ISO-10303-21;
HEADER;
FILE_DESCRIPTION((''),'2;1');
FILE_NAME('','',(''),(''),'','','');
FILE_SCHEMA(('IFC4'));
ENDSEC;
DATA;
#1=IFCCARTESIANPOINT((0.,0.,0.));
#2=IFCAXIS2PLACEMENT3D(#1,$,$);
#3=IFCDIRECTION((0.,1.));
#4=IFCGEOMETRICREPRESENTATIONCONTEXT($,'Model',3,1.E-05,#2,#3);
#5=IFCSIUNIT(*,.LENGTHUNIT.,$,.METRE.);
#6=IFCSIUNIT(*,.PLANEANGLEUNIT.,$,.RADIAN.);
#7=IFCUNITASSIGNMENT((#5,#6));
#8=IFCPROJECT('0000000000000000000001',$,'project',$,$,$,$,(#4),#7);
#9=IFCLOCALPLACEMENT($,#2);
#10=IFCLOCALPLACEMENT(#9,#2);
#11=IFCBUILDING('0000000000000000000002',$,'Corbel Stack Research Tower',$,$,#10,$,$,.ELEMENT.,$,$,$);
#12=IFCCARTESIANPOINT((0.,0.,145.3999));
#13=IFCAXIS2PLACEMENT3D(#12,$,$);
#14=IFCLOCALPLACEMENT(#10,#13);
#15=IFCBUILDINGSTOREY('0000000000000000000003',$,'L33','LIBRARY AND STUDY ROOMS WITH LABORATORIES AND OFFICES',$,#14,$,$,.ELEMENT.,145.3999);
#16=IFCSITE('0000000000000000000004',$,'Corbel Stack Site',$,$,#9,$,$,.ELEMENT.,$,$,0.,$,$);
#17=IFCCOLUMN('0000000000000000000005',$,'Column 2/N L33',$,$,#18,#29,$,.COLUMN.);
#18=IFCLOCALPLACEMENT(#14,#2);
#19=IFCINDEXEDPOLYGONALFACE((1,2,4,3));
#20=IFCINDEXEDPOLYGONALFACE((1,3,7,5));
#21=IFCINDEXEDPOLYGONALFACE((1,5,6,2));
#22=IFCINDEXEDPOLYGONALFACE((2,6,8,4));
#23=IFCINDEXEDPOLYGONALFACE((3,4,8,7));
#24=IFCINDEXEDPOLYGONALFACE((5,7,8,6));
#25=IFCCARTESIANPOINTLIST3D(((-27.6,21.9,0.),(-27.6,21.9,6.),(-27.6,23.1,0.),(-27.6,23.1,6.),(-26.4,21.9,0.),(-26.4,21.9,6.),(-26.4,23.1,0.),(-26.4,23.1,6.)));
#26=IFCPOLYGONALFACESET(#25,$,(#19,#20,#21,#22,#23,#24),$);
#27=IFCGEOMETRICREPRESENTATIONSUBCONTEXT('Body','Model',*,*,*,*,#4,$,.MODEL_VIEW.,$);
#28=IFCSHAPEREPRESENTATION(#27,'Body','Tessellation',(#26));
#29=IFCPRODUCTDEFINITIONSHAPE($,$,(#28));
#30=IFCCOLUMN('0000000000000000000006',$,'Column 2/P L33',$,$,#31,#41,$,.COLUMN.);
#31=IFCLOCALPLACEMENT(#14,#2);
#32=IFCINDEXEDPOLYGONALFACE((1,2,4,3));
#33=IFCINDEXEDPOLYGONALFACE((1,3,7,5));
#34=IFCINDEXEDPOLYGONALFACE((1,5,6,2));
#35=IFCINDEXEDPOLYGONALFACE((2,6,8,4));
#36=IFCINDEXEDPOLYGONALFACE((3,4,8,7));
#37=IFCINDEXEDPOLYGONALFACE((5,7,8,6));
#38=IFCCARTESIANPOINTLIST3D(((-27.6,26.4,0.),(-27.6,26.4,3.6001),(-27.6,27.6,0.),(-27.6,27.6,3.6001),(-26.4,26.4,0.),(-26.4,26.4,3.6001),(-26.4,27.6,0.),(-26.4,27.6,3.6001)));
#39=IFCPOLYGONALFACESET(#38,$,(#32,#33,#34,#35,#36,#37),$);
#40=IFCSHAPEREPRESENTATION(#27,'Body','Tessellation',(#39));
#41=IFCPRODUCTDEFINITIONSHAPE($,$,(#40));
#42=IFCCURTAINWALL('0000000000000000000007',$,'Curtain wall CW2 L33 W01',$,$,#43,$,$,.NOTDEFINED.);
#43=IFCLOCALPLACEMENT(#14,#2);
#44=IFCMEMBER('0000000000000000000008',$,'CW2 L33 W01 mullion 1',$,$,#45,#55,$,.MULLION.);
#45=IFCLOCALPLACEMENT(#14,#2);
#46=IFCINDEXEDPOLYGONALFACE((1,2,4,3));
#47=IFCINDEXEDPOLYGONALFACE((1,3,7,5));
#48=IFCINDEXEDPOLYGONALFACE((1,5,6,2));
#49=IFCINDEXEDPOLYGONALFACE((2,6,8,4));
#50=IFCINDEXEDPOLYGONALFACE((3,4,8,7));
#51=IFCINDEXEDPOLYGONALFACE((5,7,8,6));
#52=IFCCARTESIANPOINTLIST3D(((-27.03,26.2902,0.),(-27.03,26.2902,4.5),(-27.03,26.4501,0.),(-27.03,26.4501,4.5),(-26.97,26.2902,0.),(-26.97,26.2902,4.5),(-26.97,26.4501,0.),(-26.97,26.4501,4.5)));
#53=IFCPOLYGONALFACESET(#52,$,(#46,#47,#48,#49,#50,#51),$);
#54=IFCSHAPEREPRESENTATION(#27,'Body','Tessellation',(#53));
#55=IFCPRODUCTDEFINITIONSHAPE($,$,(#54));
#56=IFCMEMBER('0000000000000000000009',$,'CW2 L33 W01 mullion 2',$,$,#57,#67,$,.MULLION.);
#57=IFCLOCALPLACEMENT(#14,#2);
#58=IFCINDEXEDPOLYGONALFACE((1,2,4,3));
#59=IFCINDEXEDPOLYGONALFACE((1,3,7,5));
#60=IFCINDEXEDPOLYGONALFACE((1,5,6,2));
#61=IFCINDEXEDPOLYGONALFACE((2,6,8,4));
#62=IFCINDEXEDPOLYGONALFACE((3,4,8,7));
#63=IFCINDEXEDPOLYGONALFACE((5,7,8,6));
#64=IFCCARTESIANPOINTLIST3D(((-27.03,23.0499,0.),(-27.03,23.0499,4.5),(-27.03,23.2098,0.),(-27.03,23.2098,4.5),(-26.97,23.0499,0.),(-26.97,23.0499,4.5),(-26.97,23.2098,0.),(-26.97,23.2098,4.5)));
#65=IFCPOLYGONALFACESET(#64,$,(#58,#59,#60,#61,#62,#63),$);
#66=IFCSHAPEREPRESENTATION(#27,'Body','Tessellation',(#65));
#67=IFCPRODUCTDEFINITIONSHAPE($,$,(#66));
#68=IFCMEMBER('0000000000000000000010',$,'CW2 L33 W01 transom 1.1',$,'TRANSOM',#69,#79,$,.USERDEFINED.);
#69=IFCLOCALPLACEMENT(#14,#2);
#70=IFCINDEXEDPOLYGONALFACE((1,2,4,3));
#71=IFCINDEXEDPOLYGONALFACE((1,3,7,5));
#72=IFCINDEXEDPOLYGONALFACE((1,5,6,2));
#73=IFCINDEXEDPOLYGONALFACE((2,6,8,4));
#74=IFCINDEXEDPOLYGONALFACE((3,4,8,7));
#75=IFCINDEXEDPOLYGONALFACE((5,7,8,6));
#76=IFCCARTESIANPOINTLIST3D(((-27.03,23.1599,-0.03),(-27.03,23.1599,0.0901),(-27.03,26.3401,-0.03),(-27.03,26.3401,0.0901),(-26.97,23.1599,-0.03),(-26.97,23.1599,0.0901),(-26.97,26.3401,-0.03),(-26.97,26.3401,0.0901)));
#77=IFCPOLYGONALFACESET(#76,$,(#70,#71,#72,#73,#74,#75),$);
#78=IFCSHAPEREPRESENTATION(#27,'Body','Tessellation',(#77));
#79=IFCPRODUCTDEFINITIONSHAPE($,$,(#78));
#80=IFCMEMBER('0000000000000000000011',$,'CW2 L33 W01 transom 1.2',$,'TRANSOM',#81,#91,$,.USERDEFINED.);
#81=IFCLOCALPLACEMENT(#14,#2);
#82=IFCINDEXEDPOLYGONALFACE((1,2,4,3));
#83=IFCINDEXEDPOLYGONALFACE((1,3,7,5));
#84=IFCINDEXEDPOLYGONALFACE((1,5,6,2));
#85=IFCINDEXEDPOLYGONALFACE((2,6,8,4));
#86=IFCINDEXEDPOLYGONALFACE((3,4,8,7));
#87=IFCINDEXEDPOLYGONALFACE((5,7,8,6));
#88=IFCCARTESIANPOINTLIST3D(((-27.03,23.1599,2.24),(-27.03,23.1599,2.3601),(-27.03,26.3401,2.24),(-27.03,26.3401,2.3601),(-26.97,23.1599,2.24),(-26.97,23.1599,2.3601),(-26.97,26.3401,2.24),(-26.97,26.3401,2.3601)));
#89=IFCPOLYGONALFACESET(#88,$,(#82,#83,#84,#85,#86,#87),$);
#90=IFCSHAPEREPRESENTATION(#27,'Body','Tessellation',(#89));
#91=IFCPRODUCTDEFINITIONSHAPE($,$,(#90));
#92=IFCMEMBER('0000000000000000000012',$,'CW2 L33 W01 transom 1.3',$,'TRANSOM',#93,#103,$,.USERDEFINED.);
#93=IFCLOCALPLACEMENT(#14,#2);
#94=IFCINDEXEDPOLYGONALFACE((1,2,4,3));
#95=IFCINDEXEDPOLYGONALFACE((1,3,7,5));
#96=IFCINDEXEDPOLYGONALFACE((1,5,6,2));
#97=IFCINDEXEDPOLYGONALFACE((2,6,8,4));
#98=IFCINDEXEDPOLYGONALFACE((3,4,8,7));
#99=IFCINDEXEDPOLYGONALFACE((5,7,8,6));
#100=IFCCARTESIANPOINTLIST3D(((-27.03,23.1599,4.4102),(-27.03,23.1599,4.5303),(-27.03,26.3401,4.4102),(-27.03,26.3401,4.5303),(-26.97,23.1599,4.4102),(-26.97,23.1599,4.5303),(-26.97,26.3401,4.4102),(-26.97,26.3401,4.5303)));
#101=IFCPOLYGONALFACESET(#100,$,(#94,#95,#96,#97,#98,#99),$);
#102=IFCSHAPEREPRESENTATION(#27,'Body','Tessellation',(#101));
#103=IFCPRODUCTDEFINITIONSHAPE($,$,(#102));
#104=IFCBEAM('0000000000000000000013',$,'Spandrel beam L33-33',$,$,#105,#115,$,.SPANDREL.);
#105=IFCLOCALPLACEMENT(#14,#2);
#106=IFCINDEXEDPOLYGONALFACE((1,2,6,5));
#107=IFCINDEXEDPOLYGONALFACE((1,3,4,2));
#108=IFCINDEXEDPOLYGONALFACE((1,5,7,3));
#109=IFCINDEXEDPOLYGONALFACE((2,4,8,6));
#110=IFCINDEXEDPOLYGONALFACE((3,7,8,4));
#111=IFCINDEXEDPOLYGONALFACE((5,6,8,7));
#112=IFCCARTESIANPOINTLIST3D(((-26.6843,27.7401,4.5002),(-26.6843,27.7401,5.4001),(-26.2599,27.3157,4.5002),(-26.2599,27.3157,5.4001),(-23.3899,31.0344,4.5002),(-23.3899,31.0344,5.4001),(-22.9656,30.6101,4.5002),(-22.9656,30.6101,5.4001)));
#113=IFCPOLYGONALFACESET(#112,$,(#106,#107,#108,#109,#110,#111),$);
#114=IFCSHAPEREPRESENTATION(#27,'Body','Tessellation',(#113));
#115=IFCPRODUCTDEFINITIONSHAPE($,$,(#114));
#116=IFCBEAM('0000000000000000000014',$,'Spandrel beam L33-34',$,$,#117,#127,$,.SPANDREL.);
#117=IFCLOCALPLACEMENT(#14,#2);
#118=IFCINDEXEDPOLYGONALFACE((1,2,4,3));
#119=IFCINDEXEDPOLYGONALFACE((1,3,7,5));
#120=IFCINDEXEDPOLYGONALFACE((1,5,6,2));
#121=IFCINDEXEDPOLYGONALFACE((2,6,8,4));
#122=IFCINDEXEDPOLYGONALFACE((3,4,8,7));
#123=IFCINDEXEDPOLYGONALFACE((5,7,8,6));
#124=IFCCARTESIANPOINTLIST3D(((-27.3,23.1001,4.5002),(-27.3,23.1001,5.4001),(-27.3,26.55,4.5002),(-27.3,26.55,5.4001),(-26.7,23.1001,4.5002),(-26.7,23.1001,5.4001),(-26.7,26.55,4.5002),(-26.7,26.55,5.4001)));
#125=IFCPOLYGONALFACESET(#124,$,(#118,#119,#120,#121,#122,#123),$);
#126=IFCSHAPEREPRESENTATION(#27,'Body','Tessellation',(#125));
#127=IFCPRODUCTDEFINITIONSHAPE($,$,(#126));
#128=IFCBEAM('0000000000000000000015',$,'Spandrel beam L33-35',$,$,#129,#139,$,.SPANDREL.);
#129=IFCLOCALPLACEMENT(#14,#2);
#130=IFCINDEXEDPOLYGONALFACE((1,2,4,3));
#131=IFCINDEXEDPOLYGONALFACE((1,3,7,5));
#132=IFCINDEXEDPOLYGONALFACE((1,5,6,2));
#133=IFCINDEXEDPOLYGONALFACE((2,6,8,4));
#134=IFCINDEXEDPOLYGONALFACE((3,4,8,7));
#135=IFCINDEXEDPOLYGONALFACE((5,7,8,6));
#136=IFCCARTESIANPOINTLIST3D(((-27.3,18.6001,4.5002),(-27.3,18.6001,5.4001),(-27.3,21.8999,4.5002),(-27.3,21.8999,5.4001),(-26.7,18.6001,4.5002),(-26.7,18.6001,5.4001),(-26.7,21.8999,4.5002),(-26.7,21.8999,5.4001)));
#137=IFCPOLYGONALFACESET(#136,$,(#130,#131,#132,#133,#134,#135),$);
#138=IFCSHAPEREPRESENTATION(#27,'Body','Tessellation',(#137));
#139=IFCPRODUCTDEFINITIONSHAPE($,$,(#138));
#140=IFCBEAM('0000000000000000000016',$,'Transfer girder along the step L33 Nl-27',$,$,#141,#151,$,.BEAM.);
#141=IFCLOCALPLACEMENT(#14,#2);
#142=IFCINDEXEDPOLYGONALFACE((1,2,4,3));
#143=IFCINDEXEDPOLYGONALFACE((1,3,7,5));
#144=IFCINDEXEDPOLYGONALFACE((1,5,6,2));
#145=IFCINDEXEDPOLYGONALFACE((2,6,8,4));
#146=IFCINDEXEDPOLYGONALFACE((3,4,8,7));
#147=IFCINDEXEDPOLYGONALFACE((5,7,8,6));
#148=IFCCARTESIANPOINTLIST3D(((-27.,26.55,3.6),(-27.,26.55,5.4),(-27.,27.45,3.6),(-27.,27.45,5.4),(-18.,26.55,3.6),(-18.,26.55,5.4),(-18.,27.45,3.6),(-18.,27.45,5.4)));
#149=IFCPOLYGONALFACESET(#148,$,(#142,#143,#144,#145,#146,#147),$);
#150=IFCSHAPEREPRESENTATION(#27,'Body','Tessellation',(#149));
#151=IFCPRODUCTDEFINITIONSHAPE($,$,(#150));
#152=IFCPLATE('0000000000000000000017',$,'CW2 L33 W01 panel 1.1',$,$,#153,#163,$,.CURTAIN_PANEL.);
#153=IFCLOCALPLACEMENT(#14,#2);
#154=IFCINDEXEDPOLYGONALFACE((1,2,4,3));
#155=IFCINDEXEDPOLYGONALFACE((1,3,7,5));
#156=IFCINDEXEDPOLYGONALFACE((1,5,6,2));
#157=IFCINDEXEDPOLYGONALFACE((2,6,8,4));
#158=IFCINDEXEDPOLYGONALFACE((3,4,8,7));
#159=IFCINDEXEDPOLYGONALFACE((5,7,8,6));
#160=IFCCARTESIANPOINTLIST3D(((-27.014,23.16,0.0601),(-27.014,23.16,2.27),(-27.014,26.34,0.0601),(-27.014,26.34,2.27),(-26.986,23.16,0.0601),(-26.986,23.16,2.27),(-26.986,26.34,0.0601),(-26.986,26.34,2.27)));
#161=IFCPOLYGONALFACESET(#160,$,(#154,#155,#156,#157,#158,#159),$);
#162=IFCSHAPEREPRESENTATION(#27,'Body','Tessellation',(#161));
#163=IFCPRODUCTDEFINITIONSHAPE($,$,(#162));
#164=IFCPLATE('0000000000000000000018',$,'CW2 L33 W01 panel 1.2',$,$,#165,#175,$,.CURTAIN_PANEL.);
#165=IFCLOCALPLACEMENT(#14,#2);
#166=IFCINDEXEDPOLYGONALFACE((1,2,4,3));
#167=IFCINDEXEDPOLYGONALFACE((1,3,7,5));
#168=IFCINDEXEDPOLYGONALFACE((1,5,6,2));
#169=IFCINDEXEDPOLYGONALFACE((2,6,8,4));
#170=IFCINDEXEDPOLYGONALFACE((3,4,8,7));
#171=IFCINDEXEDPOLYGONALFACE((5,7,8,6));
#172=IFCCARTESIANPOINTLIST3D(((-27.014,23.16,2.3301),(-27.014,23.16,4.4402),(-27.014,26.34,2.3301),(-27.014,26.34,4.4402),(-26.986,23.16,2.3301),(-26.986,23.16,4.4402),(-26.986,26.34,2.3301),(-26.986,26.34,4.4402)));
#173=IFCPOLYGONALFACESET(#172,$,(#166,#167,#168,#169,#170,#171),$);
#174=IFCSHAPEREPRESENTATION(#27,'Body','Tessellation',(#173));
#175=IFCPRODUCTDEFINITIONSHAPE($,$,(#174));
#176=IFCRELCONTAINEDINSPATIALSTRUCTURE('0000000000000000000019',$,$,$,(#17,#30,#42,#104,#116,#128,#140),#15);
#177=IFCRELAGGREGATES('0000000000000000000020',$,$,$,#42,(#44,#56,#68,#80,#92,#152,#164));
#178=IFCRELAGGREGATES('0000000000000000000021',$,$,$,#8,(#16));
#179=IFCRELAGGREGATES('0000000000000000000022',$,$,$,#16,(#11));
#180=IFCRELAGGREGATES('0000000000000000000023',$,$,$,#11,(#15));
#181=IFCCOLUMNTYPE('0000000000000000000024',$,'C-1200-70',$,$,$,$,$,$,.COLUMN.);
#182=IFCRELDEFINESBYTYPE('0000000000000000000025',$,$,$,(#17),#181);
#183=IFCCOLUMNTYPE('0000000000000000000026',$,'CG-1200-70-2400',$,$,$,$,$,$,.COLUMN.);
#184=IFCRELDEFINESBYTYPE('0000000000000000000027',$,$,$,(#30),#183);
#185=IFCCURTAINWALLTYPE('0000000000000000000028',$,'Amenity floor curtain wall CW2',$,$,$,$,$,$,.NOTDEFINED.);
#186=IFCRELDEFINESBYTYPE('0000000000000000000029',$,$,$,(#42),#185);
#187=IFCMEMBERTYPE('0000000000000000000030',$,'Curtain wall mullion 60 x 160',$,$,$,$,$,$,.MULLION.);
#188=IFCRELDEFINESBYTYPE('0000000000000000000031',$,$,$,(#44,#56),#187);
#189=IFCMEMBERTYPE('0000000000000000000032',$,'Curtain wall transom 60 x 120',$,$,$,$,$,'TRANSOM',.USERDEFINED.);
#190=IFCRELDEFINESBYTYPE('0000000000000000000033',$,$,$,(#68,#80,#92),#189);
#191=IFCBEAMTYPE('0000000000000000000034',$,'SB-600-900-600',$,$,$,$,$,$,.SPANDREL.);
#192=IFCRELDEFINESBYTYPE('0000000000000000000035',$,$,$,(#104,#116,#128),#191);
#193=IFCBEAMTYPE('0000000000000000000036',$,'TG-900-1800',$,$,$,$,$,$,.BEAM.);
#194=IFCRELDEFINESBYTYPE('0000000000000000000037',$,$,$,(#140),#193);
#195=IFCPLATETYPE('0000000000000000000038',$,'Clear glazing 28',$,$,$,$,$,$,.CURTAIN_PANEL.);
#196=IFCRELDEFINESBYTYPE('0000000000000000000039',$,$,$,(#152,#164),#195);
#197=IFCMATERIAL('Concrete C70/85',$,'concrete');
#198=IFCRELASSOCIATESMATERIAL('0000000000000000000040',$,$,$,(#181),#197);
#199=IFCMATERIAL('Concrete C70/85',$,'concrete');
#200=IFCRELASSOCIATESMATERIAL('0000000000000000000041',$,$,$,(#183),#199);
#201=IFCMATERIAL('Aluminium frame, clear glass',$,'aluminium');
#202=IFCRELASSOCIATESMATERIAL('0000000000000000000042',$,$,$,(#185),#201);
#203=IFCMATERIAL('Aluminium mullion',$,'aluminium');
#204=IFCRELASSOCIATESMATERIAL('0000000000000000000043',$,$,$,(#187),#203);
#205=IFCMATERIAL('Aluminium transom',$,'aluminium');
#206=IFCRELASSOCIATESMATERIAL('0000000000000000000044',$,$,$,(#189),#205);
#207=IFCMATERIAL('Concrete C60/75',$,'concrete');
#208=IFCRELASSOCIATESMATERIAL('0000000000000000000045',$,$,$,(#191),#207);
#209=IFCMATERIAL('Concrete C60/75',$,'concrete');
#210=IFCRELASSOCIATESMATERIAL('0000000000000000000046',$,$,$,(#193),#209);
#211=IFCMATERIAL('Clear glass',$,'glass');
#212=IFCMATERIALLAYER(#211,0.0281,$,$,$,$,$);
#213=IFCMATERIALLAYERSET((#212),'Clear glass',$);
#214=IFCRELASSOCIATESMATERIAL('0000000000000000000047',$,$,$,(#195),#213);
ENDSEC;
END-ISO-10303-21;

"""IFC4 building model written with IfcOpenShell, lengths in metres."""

from ifc_helpers import new_model, si_unit, direction, frame, origin, origin_2d, place, context, subcontext, project, spatial, rectangle, extrude, material, layer, layer_set, material_profile, profile_set, type_object, element, aggregate, save


model = new_model("IFC4")

# Units and contexts
model_context = context("Model", 3, precision=1e-05, world=origin(), true_north=direction((0.0, 1.0)))
body_context = subcontext(model_context, "Body", "Model", "MODEL_VIEW")
ifc_project = project(units=[si_unit("LENGTHUNIT", "METRE"), si_unit("PLANEANGLEUNIT", "RADIAN")], contexts=[model_context])

# Site, building, storey
site_placement = place(None, origin())
site = spatial("IfcSite", under=ifc_project, at=site_placement, Name="Corbel Stack Site", CompositionType="ELEMENT", RefElevation=0.0)
building_placement = place(site_placement, origin())
building = spatial("IfcBuilding", under=site, at=building_placement, Name="Corbel Stack Research Tower", CompositionType="ELEMENT")
storey_placement = place(building_placement, frame((0.0, 0.0, 145.3999)))
storey = spatial("IfcBuildingStorey", under=building, at=storey_placement, Name="L33", Description="LIBRARY AND STUDY ROOMS WITH LABORATORIES AND OFFICES", CompositionType="ELEMENT", Elevation=145.3999)

# Columns
ifc_material_1 = material(Name="Concrete C70/85", Category="concrete")
ifc_material_profile_1 = material_profile(ifc_material_1, rectangle(XDim=1.2, YDim=1.2, at=origin_2d()), Name="RC 1200 x 1200")
ifc_profile_set_1 = profile_set([ifc_material_profile_1], Name="Concrete C70/85")
column_type_1 = type_object("IfcColumnType", Name="C-1200-70", PredefinedType="COLUMN", material=ifc_profile_set_1)
column_1_placement = place(storey_placement, frame((-27.0, 22.5, 0.0), z_axis=(0.0, 0.0, 1.0), x_axis=(1.0, 0.0, 0.0)))
element("IfcColumn", 1, at=column_1_placement, inside=storey, type_object=column_type_1, Name="Column 2/N L33", PredefinedType="COLUMN", context=body_context, shape_type="SweptSolid", body=[
    extrude(rectangle(XDim=1.2, YDim=1.2, at=origin_2d()), origin(), (0.0, 0.0, 1.0), 6.0),
])
ifc_material_2 = material(Name="Concrete C70/85", Category="concrete")
ifc_material_profile_2 = material_profile(ifc_material_2, rectangle(XDim=1.2, YDim=1.2, at=origin_2d()), Name="RC 1200 x 1200")
ifc_profile_set_2 = profile_set([ifc_material_profile_2], Name="Concrete C70/85")
column_type_2 = type_object("IfcColumnType", Name="CG-1200-70-2400", PredefinedType="COLUMN", material=ifc_profile_set_2)
column_2_placement = place(storey_placement, frame((-27.0, 27.0, 0.0), z_axis=(0.0, 0.0, 1.0), x_axis=(1.0, 0.0, 0.0)))
element("IfcColumn", 2, at=column_2_placement, inside=storey, type_object=column_type_2, Name="Column 2/P L33", PredefinedType="COLUMN", context=body_context, shape_type="SweptSolid", body=[
    extrude(rectangle(XDim=1.2, YDim=1.2, at=origin_2d()), origin(), (0.0, 0.0, 1.0), 3.6001),
])

# Curtain wall, members
ifc_material_3 = material(Name="Aluminium frame, clear glass", Category="aluminium")
curtain_wall_type = type_object("IfcCurtainWallType", Name="Amenity floor curtain wall CW2", PredefinedType="NOTDEFINED", material=ifc_material_3)
curtain_wall_placement = place(storey_placement, origin())
curtain_wall = element("IfcCurtainWall", 3, at=curtain_wall_placement, inside=storey, type_object=curtain_wall_type, Name="Curtain wall CW2 L33 W01", PredefinedType="NOTDEFINED")
ifc_material_4 = material(Name="Aluminium mullion", Category="aluminium")
ifc_material_profile_3 = material_profile(ifc_material_4, rectangle(XDim=0.0601, YDim=0.1599, at=origin_2d()), Name="Mullion 60 x 160")
ifc_profile_set_3 = profile_set([ifc_material_profile_3], Name="Aluminium mullion")
member_type_1 = type_object("IfcMemberType", Name="Curtain wall mullion 60 x 160", PredefinedType="MULLION", material=ifc_profile_set_3)
member_1_placement = place(storey_placement, frame((-27.0, 26.3701, 0.0), z_axis=(0.0, 0.0, 1.0), x_axis=(1.0, 0.0, 0.0)))
member_1 = element("IfcMember", 4, at=member_1_placement, type_object=member_type_1, Name="CW2 L33 W01 mullion 1", PredefinedType="MULLION", context=body_context, shape_type="SweptSolid", body=[
    extrude(rectangle(XDim=0.0601, YDim=0.1599, at=origin_2d()), origin(), (0.0, 0.0, 1.0), 4.5),
])
member_2_placement = place(storey_placement, frame((-27.0, 23.1299, 0.0), z_axis=(0.0, 0.0, 1.0), x_axis=(1.0, 0.0, 0.0)))
member_2 = element("IfcMember", 5, at=member_2_placement, type_object=member_type_1, Name="CW2 L33 W01 mullion 2", PredefinedType="MULLION", context=body_context, shape_type="SweptSolid", body=[
    extrude(rectangle(XDim=0.0601, YDim=0.1599, at=origin_2d()), origin(), (0.0, 0.0, 1.0), 4.5),
])
ifc_material_5 = material(Name="Aluminium transom", Category="aluminium")
ifc_material_profile_4 = material_profile(ifc_material_5, rectangle(XDim=0.0601, YDim=0.1201, at=origin_2d()), Name="Transom 60 x 120")
ifc_profile_set_4 = profile_set([ifc_material_profile_4], Name="Aluminium transom")
member_type_2 = type_object("IfcMemberType", Name="Curtain wall transom 60 x 120", ElementType="TRANSOM", PredefinedType="USERDEFINED", material=ifc_profile_set_4)
member_3_placement = place(storey_placement, frame((-27.0, 26.3401, 0.03), z_axis=(0.0, -1.0, 0.0), x_axis=(1.0, 0.0, 0.0)))
member_3 = element("IfcMember", 6, at=member_3_placement, type_object=member_type_2, Name="CW2 L33 W01 transom 1.1", ObjectType="TRANSOM", PredefinedType="USERDEFINED", context=body_context, shape_type="SweptSolid", body=[
    extrude(rectangle(XDim=0.0601, YDim=0.1201, at=origin_2d()), origin(), (0.0, 0.0, 1.0), 3.1802),
])
member_4_placement = place(storey_placement, frame((-27.0, 26.3401, 2.3), z_axis=(0.0, -1.0, 0.0), x_axis=(1.0, 0.0, 0.0)))
member_4 = element("IfcMember", 7, at=member_4_placement, type_object=member_type_2, Name="CW2 L33 W01 transom 1.2", ObjectType="TRANSOM", PredefinedType="USERDEFINED", context=body_context, shape_type="SweptSolid", body=[
    extrude(rectangle(XDim=0.0601, YDim=0.1201, at=origin_2d()), origin(), (0.0, 0.0, 1.0), 3.1802),
])
member_5_placement = place(storey_placement, frame((-27.0, 26.3401, 4.4702), z_axis=(0.0, -1.0, 0.0), x_axis=(1.0, 0.0, 0.0)))
member_5 = element("IfcMember", 8, at=member_5_placement, type_object=member_type_2, Name="CW2 L33 W01 transom 1.3", ObjectType="TRANSOM", PredefinedType="USERDEFINED", context=body_context, shape_type="SweptSolid", body=[
    extrude(rectangle(XDim=0.0601, YDim=0.1201, at=origin_2d()), origin(), (0.0, 0.0, 1.0), 3.1802),
])

# Beams
ifc_material_6 = material(Name="Concrete C60/75", Category="concrete")
ifc_material_profile_5 = material_profile(ifc_material_6, rectangle(XDim=0.6001, YDim=0.8999, at=origin_2d()), Name="RC 600 x 900")
ifc_profile_set_5 = profile_set([ifc_material_profile_5], Name="Concrete C60/75")
beam_type_1 = type_object("IfcBeamType", Name="SB-600-900-600", PredefinedType="SPANDREL", material=ifc_profile_set_5)
beam_1_placement = place(storey_placement, frame((-23.1777, 30.8223, 4.9502), z_axis=(-0.707107, -0.707107, 0.0), x_axis=(0.707107, -0.707107, 0.0)))
element("IfcBeam", 9, at=beam_1_placement, inside=storey, type_object=beam_type_1, Name="Spandrel beam L33-33", PredefinedType="SPANDREL", context=body_context, shape_type="SweptSolid", body=[
    extrude(rectangle(XDim=0.6001, YDim=0.8999, at=origin_2d()), origin(), (0.0, 0.0, 1.0), 4.6589),
])
beam_2_placement = place(storey_placement, frame((-27.0, 26.55, 4.9502), z_axis=(0.0, -1.0, 0.0), x_axis=(1.0, 0.0, 0.0)))
element("IfcBeam", 10, at=beam_2_placement, inside=storey, type_object=beam_type_1, Name="Spandrel beam L33-34", PredefinedType="SPANDREL", context=body_context, shape_type="SweptSolid", body=[
    extrude(rectangle(XDim=0.6001, YDim=0.8999, at=origin_2d()), origin(), (0.0, 0.0, 1.0), 3.45),
])
beam_3_placement = place(storey_placement, frame((-27.0, 21.8999, 4.9502), z_axis=(0.0, -1.0, 0.0), x_axis=(1.0, 0.0, 0.0)))
element("IfcBeam", 11, at=beam_3_placement, inside=storey, type_object=beam_type_1, Name="Spandrel beam L33-35", PredefinedType="SPANDREL", context=body_context, shape_type="SweptSolid", body=[
    extrude(rectangle(XDim=0.6001, YDim=0.8999, at=origin_2d()), origin(), (0.0, 0.0, 1.0), 3.2998),
])
ifc_material_7 = material(Name="Concrete C60/75", Category="concrete")
ifc_material_profile_6 = material_profile(ifc_material_7, rectangle(XDim=0.8999, YDim=1.8, at=origin_2d()), Name="RC 900 x 1800")
ifc_profile_set_6 = profile_set([ifc_material_profile_6], Name="Concrete C60/75")
beam_type_2 = type_object("IfcBeamType", Name="TG-900-1800", PredefinedType="BEAM", material=ifc_profile_set_6)
beam_4_placement = place(storey_placement, frame((-27.0, 27.0, 4.5), z_axis=(1.0, 0.0, 0.0), x_axis=(0.0, 1.0, 0.0)))
element("IfcBeam", 12, at=beam_4_placement, inside=storey, type_object=beam_type_2, Name="Transfer girder along the step L33 Nl-27", PredefinedType="BEAM", context=body_context, shape_type="SweptSolid", body=[
    extrude(rectangle(XDim=0.8999, YDim=1.8, at=origin_2d()), origin(), (0.0, 0.0, 1.0), 9.0),
])

# Plates
ifc_material_8 = material(Name="Clear glass", Category="glass")
ifc_layer_1 = layer(ifc_material_8, 0.0281)
ifc_layer_set_1 = layer_set([ifc_layer_1], Name="Clear glass")
plate_type = type_object("IfcPlateType", Name="Clear glazing 28", PredefinedType="CURTAIN_PANEL", material=ifc_layer_set_1)
plate_1_placement = place(storey_placement, frame((-27.0, 24.75, 0.0601), z_axis=(0.0, 0.0, 1.0), x_axis=(0.0, -1.0, 0.0)))
plate_1 = element("IfcPlate", 13, at=plate_1_placement, type_object=plate_type, Name="CW2 L33 W01 panel 1.1", PredefinedType="CURTAIN_PANEL", context=body_context, shape_type="SweptSolid", body=[
    extrude(rectangle(XDim=3.1799, YDim=0.0281, at=origin_2d()), origin(), (0.0, 0.0, 1.0), 2.21),
])
plate_2_placement = place(storey_placement, frame((-27.0, 24.75, 2.3301), z_axis=(0.0, 0.0, 1.0), x_axis=(0.0, -1.0, 0.0)))
plate_2 = element("IfcPlate", 14, at=plate_2_placement, type_object=plate_type, Name="CW2 L33 W01 panel 1.2", PredefinedType="CURTAIN_PANEL", context=body_context, shape_type="SweptSolid", body=[
    extrude(rectangle(XDim=3.1799, YDim=0.0281, at=origin_2d()), origin(), (0.0, 0.0, 1.0), 2.1101),
])
aggregate(curtain_wall, [member_1, member_2, member_3, member_4, member_5, plate_1, plate_2])

save(model, "model.ifc")
